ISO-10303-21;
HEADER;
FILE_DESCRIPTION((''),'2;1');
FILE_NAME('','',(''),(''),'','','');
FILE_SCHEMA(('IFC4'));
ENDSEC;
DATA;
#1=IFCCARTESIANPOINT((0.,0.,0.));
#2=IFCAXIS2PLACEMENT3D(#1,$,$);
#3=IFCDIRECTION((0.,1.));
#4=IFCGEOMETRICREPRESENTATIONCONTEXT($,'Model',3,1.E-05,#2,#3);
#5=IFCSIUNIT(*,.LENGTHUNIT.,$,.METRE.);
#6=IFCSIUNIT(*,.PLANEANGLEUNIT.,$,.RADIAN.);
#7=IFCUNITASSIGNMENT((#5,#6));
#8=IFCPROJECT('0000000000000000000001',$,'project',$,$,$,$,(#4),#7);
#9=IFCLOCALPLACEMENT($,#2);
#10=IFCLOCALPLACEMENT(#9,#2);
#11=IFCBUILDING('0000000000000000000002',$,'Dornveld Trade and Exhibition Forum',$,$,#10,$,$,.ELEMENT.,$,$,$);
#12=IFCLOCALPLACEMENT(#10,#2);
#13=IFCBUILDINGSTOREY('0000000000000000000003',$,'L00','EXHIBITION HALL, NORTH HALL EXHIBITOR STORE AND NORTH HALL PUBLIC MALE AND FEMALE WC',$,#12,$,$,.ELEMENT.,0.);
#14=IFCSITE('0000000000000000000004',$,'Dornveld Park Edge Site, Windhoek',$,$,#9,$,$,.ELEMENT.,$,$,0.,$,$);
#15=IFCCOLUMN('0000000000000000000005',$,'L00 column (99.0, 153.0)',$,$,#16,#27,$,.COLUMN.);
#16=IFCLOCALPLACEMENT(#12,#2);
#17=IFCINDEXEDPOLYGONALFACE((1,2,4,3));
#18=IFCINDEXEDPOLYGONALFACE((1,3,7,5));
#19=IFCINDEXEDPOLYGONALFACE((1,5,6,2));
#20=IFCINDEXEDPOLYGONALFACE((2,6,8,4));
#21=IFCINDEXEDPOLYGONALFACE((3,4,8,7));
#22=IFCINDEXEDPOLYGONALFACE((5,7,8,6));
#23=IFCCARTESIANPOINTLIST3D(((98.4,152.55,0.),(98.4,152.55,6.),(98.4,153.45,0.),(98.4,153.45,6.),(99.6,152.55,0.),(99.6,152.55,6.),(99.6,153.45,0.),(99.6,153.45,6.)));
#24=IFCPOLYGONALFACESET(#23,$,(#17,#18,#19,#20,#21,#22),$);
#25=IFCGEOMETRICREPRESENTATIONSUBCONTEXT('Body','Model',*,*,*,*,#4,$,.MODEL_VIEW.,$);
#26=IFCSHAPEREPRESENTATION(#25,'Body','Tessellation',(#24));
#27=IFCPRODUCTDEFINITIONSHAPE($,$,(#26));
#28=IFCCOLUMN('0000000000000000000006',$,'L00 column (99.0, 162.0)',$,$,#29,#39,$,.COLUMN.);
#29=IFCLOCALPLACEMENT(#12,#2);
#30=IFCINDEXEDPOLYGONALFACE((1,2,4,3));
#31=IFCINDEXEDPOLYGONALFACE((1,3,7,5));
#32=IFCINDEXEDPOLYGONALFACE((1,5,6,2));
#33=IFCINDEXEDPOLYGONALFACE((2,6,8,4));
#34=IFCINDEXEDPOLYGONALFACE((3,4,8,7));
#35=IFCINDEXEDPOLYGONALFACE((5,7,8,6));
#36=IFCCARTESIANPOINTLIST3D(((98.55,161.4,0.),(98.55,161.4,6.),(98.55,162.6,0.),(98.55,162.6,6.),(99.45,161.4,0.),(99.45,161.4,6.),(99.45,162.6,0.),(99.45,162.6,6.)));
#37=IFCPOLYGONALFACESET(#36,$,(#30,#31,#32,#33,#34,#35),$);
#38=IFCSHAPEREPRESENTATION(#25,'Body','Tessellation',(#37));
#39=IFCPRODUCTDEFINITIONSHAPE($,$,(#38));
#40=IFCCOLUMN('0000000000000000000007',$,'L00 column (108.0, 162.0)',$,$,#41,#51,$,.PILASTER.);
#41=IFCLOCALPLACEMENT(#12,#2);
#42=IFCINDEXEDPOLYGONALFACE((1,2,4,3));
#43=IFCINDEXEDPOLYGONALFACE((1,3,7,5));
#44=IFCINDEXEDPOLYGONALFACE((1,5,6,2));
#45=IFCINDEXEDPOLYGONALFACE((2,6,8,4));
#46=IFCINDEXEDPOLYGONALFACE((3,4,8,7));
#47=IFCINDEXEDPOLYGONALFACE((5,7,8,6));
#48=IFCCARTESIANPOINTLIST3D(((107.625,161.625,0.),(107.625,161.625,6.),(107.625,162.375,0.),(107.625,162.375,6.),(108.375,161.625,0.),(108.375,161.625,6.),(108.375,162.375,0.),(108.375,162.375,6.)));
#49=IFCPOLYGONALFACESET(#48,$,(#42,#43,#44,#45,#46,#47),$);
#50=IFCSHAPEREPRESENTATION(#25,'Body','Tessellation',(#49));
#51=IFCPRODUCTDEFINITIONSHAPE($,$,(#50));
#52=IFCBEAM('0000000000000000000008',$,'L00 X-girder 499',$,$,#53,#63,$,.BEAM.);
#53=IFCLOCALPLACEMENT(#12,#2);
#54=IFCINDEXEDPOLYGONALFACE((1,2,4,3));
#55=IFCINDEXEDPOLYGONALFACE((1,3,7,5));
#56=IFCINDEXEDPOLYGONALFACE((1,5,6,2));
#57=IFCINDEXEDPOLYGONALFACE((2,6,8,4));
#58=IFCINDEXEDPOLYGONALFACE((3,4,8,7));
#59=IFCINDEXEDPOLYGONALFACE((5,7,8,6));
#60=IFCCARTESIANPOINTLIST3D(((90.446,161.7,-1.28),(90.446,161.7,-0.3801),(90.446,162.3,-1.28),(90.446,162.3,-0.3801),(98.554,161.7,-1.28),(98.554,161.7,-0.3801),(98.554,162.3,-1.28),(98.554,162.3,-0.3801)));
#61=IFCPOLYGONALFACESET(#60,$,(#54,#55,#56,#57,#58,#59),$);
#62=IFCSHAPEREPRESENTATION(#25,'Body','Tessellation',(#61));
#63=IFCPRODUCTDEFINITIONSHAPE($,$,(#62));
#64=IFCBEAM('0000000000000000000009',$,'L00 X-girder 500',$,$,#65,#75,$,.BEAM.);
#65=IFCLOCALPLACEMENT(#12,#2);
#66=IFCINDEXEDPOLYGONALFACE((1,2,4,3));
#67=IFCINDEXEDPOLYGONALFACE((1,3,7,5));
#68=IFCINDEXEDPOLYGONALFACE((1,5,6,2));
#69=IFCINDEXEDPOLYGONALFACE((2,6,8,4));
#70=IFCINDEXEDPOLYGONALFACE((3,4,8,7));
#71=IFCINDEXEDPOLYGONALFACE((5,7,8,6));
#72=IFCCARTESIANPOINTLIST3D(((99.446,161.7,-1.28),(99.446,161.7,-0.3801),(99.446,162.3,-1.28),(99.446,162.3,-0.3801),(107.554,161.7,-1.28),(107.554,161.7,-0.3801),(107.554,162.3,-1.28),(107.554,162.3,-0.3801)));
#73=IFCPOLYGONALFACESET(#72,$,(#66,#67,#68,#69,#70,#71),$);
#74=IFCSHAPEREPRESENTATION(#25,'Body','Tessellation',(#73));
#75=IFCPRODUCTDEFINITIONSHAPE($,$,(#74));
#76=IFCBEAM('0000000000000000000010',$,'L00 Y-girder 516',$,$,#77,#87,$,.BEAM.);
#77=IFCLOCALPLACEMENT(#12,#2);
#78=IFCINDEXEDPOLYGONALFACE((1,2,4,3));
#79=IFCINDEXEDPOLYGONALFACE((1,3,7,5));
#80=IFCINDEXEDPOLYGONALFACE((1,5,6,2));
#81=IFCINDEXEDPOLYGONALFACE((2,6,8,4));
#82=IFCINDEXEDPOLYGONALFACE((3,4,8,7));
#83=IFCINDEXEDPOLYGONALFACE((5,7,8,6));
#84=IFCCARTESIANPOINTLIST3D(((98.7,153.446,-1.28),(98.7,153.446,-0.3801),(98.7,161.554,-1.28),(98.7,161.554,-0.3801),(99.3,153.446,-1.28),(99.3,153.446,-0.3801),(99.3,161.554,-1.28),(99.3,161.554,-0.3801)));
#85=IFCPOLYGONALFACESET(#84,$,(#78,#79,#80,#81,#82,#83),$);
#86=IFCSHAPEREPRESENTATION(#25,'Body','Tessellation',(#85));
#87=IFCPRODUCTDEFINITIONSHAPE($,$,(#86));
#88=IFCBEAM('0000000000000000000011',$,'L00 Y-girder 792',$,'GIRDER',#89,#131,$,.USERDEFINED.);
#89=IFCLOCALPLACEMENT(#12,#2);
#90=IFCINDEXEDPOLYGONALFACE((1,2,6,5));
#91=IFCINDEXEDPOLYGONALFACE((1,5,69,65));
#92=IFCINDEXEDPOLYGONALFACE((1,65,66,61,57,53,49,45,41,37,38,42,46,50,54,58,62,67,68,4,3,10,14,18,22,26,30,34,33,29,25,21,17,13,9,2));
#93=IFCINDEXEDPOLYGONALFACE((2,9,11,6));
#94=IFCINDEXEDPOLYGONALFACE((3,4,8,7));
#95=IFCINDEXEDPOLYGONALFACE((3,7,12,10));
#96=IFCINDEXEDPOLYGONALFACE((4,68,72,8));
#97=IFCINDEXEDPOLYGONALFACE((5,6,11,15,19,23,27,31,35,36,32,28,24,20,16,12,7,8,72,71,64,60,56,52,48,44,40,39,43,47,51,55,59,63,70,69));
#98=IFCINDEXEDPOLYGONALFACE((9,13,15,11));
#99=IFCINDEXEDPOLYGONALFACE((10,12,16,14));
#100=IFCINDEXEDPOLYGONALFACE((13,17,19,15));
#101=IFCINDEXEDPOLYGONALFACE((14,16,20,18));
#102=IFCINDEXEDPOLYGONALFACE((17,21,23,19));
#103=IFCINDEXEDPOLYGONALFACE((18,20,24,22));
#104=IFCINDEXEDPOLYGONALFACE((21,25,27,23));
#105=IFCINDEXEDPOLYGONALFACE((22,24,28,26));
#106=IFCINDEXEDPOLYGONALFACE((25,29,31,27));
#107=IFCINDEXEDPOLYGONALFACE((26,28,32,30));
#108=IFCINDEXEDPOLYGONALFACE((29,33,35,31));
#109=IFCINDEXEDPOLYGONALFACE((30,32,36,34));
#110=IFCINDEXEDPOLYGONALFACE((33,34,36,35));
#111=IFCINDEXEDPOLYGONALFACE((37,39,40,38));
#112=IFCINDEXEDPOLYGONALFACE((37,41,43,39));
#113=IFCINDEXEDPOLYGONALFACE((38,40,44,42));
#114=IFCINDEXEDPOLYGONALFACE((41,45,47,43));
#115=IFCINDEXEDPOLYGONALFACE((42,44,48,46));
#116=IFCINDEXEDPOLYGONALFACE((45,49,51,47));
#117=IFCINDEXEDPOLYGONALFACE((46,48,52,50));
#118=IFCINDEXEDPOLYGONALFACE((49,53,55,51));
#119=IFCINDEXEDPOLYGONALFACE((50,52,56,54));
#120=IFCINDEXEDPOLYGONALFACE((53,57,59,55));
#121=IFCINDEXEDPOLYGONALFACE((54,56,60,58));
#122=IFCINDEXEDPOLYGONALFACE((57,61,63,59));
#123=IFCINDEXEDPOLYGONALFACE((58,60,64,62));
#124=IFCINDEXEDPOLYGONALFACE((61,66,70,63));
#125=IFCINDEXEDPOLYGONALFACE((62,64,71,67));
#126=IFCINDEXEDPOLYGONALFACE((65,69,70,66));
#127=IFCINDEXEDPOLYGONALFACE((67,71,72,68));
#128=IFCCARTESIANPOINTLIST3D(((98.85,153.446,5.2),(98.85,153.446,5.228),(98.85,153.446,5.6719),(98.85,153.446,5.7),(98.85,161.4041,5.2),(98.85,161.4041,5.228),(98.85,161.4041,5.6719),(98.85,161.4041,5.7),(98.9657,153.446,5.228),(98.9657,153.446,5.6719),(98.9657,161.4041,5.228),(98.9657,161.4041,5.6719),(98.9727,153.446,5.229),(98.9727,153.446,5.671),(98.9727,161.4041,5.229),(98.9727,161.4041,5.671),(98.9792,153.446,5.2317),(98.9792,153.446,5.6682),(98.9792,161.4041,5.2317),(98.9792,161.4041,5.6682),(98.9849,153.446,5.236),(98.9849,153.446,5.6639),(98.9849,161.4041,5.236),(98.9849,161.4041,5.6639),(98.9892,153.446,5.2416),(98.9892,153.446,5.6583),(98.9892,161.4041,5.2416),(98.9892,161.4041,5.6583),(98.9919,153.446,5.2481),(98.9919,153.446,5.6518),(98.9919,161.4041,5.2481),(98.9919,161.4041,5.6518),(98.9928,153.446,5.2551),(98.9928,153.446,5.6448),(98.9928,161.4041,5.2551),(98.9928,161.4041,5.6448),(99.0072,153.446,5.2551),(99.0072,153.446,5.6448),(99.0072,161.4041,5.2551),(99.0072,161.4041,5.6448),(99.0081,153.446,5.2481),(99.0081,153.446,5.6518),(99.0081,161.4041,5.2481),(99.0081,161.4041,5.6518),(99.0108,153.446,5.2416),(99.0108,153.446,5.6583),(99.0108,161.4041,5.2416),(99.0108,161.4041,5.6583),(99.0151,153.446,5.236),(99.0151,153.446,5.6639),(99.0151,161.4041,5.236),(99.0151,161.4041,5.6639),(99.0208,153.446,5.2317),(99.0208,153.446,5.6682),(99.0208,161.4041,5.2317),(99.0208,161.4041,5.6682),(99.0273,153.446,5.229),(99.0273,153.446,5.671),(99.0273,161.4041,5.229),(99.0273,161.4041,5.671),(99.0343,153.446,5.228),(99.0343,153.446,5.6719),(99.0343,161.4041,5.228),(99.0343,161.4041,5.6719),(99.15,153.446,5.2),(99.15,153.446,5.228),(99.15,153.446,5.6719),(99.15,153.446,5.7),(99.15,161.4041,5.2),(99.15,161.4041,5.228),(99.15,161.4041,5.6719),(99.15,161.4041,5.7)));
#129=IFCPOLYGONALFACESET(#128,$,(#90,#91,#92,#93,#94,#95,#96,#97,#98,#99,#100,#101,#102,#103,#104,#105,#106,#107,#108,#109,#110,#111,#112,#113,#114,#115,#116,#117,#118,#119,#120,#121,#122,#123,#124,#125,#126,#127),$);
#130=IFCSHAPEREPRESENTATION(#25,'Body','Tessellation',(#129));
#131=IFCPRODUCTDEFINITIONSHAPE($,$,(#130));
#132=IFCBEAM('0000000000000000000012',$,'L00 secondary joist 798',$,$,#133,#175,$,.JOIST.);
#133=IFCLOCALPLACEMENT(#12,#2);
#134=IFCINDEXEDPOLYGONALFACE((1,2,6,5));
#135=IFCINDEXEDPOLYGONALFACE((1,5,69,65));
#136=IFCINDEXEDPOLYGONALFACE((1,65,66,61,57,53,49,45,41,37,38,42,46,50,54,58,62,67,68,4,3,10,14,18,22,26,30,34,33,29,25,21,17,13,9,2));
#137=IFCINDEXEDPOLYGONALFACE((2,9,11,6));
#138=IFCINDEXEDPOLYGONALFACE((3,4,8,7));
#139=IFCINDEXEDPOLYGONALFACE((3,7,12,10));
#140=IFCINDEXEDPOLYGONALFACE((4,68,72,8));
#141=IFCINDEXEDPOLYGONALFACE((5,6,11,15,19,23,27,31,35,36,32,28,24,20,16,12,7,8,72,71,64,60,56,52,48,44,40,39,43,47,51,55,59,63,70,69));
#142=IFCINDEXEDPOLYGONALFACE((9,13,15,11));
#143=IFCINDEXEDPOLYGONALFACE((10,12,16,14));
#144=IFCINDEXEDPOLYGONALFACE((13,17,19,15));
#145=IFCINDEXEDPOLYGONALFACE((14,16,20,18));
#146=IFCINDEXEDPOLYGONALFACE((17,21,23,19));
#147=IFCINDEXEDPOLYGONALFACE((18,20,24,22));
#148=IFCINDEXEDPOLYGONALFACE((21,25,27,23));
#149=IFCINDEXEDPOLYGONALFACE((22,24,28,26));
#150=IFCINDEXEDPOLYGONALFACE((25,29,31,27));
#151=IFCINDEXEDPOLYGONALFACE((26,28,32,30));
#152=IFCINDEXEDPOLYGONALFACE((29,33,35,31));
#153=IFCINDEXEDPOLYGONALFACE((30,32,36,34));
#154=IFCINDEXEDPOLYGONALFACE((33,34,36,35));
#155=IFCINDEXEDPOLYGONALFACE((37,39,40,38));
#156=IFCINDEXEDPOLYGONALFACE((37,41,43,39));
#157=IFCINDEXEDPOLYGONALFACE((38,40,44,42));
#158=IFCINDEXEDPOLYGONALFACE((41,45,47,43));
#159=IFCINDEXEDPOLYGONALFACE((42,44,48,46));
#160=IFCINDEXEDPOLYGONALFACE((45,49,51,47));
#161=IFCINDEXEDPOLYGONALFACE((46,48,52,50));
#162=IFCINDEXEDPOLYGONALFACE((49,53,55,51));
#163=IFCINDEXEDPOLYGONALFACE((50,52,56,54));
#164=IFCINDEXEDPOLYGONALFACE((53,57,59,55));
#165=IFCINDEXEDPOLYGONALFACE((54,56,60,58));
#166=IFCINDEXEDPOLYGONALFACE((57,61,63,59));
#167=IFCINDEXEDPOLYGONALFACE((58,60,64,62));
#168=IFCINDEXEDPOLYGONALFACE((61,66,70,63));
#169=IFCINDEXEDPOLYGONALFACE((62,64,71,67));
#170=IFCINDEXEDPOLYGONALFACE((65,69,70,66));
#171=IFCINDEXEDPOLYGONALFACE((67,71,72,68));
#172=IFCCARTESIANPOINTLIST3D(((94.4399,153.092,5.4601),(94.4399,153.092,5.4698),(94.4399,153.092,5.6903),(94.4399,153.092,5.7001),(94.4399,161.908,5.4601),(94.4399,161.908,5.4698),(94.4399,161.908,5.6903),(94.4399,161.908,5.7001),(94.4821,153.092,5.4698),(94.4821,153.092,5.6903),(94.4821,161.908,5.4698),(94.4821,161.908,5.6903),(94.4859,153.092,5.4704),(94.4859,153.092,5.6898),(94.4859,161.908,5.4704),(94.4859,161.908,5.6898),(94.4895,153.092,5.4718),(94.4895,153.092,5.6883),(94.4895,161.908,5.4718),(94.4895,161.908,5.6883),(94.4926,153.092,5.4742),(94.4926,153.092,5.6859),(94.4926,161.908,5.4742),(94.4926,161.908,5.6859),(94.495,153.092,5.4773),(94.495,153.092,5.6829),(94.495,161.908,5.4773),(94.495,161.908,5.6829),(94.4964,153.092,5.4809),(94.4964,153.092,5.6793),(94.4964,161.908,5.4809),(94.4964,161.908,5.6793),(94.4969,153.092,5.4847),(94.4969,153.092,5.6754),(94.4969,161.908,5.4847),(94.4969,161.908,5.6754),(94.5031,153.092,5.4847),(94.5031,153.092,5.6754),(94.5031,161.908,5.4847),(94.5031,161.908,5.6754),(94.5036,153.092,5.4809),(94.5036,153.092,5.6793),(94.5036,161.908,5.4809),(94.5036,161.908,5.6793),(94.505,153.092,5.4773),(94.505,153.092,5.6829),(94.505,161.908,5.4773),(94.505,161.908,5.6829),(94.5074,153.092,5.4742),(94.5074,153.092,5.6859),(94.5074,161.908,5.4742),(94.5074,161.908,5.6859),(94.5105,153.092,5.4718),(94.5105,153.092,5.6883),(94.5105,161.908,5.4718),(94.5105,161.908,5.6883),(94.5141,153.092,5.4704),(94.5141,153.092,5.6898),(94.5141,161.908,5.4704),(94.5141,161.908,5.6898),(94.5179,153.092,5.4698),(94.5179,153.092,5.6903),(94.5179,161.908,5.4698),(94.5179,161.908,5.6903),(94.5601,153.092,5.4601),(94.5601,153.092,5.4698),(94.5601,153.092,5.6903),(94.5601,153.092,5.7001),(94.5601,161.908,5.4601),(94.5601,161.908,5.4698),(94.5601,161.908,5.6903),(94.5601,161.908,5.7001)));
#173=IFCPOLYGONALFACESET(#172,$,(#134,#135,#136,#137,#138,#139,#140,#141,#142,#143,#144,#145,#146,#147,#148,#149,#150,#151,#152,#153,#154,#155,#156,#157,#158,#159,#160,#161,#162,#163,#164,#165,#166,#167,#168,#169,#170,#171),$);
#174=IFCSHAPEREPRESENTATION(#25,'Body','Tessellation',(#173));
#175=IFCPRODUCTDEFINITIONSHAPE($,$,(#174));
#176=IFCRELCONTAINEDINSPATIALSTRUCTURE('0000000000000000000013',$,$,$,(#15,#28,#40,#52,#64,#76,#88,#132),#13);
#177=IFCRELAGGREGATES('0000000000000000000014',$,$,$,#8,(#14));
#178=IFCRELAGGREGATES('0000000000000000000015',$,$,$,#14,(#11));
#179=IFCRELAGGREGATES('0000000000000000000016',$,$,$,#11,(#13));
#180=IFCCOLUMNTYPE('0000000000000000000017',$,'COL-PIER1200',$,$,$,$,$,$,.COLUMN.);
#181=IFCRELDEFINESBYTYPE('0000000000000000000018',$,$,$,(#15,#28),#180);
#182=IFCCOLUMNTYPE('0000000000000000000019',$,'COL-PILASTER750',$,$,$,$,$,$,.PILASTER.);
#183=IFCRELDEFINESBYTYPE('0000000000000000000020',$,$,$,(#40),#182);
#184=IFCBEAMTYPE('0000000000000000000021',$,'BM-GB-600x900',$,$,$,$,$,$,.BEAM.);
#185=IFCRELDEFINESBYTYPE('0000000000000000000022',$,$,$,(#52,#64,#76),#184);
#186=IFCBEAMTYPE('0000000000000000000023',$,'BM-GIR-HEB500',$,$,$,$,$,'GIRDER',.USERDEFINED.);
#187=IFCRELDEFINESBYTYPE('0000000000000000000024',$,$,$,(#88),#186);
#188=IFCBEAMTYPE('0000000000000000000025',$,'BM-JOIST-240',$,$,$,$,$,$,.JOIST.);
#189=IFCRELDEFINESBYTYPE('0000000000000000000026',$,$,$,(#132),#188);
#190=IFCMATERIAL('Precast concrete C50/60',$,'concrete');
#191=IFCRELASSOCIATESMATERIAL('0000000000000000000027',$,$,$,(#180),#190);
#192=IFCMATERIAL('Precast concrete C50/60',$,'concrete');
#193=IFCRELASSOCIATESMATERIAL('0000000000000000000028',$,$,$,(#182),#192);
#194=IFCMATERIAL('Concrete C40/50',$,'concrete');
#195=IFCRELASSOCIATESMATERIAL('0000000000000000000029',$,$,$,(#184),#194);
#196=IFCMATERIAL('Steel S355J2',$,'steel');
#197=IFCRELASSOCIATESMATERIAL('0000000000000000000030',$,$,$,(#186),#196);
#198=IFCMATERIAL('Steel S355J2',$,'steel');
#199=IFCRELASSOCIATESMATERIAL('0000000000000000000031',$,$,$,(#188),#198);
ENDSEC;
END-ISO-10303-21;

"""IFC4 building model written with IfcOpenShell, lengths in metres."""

from ifc_helpers import new_model, si_unit, direction, frame, origin, origin_2d, place, context, subcontext, project, spatial, rectangle, i_section, extrude, material, material_profile, profile_set, type_object, element, save


model = new_model("IFC4")

# Units and contexts
model_context = context("Model", 3, precision=1e-05, world=origin(), true_north=direction((0.0, 1.0)))
body_context = subcontext(model_context, "Body", "Model", "MODEL_VIEW")
ifc_project = project(units=[si_unit("LENGTHUNIT", "METRE"), si_unit("PLANEANGLEUNIT", "RADIAN")], contexts=[model_context])

# Site, building, storey
site_placement = place(None, origin())
site = spatial("IfcSite", under=ifc_project, at=site_placement, Name="Dornveld Park Edge Site, Windhoek", CompositionType="ELEMENT", RefElevation=0.0)
building_placement = place(site_placement, origin())
building = spatial("IfcBuilding", under=site, at=building_placement, Name="Dornveld Trade and Exhibition Forum", CompositionType="ELEMENT")
storey_placement = place(building_placement, origin())
storey = spatial("IfcBuildingStorey", under=building, at=storey_placement, Name="L00", Description="EXHIBITION HALL, NORTH HALL EXHIBITOR STORE AND NORTH HALL PUBLIC MALE AND FEMALE WC", CompositionType="ELEMENT", Elevation=0.0)

# Columns
ifc_material_1 = material(Name="Precast concrete C50/60", Category="concrete")
ifc_material_profile_1 = material_profile(ifc_material_1, rectangle(XDim=1.2, YDim=0.8999, at=origin_2d()), Name="PC-PIER 1200x900")
ifc_profile_set_1 = profile_set([ifc_material_profile_1], Name="Precast concrete C50/60")
column_type_1 = type_object("IfcColumnType", Name="COL-PIER1200", PredefinedType="COLUMN", material=ifc_profile_set_1)
for number, where, z_axis, x_axis, name in (
    (1, (99.0, 153.0, 0.0), (0.0, 0.0, 1.0), (1.0, 0.0, 0.0), "L00 column (99.0, 153.0)"),
    (2, (99.0, 162.0, 0.0), (0.0, 0.0, 1.0), (0.0, 1.0, 0.0), "L00 column (99.0, 162.0)"),
):
    element("IfcColumn", number, at=place(storey_placement, frame(where, z_axis=z_axis, x_axis=x_axis)), inside=storey, type_object=column_type_1, Name=name, PredefinedType="COLUMN", context=body_context, shape_type="SweptSolid", body=[
        extrude(rectangle(XDim=1.2, YDim=0.8999, at=origin_2d()), origin(), (0.0, 0.0, 1.0), 6.0),
    ])
ifc_material_2 = material(Name="Precast concrete C50/60", Category="concrete")
ifc_material_profile_2 = material_profile(ifc_material_2, rectangle(XDim=0.75, YDim=0.75, at=origin_2d()), Name="PC-COL 750x750")
ifc_profile_set_2 = profile_set([ifc_material_profile_2], Name="Precast concrete C50/60")
column_type_2 = type_object("IfcColumnType", Name="COL-PILASTER750", PredefinedType="PILASTER", material=ifc_profile_set_2)
column_placement = place(storey_placement, frame((108.0, 162.0, 0.0), z_axis=(0.0, 0.0, 1.0), x_axis=(1.0, 0.0, 0.0)))
element("IfcColumn", 3, at=column_placement, inside=storey, type_object=column_type_2, Name="L00 column (108.0, 162.0)", PredefinedType="PILASTER", context=body_context, shape_type="SweptSolid", body=[
    extrude(rectangle(XDim=0.75, YDim=0.75, at=origin_2d()), origin(), (0.0, 0.0, 1.0), 6.0),
])

# Beams
ifc_material_3 = material(Name="Concrete C40/50", Category="concrete")
ifc_material_profile_3 = material_profile(ifc_material_3, rectangle(XDim=0.6001, YDim=0.8999, at=origin_2d()), Name="RC-GB 600x900")
ifc_profile_set_3 = profile_set([ifc_material_profile_3], Name="Concrete C40/50")
beam_type_1 = type_object("IfcBeamType", Name="BM-GB-600x900", PredefinedType="BEAM", material=ifc_profile_set_3)
for number, where, z_axis, x_axis, name in (
    (4, (90.446, 162.0, -0.8301), (1.0, 0.0, 0.0), (0.0, 1.0, 0.0), "L00 X-girder 499"),
    (5, (99.446, 162.0, -0.8301), (1.0, 0.0, 0.0), (0.0, 1.0, 0.0), "L00 X-girder 500"),
    (6, (99.0, 153.446, -0.8301), (0.0, 1.0, 0.0), (-1.0, 0.0, 0.0), "L00 Y-girder 516"),
):
    element("IfcBeam", number, at=place(storey_placement, frame(where, z_axis=z_axis, x_axis=x_axis)), inside=storey, type_object=beam_type_1, Name=name, PredefinedType="BEAM", context=body_context, shape_type="SweptSolid", body=[
        extrude(rectangle(XDim=0.6001, YDim=0.8999, at=origin_2d()), origin(), (0.0, 0.0, 1.0), 8.1079),
    ])
ifc_material_4 = material(Name="Steel S355J2", Category="steel")
ifc_material_profile_4 = material_profile(ifc_material_4, i_section(OverallWidth=0.3, OverallDepth=0.5, WebThickness=0.0144, FlangeThickness=0.0281, FilletRadius=0.0271, at=origin_2d()), Name="HEB 500")
ifc_profile_set_4 = profile_set([ifc_material_profile_4], Name="Steel S355J2")
beam_type_2 = type_object("IfcBeamType", Name="BM-GIR-HEB500", ElementType="GIRDER", PredefinedType="USERDEFINED", material=ifc_profile_set_4)
beam_1_placement = place(storey_placement, frame((99.0, 153.446, 5.45), z_axis=(0.0, 1.0, 0.0), x_axis=(-1.0, 0.0, 0.0)))
element("IfcBeam", 7, at=beam_1_placement, inside=storey, type_object=beam_type_2, Name="L00 Y-girder 792", ObjectType="GIRDER", PredefinedType="USERDEFINED", context=body_context, shape_type="SweptSolid", body=[
    extrude(i_section(OverallWidth=0.3, OverallDepth=0.5, WebThickness=0.0144, FlangeThickness=0.0281, FilletRadius=0.0271, at=origin_2d()), origin(), (0.0, 0.0, 1.0), 7.958),
])
ifc_material_5 = material(Name="Steel S355J2", Category="steel")
ifc_material_profile_5 = material_profile(ifc_material_5, i_section(OverallWidth=0.1201, OverallDepth=0.24, WebThickness=0.0061, FlangeThickness=0.0098, FilletRadius=0.0149, at=origin_2d()), Name="IPE 240")
ifc_profile_set_5 = profile_set([ifc_material_profile_5], Name="Steel S355J2")
beam_type_3 = type_object("IfcBeamType", Name="BM-JOIST-240", PredefinedType="JOIST", material=ifc_profile_set_5)
beam_2_placement = place(storey_placement, frame((94.5, 153.092, 5.5801), z_axis=(0.0, 1.0, 0.0), x_axis=(-1.0, 0.0, 0.0)))
element("IfcBeam", 8, at=beam_2_placement, inside=storey, type_object=beam_type_3, Name="L00 secondary joist 798", PredefinedType="JOIST", context=body_context, shape_type="SweptSolid", body=[
    extrude(i_section(OverallWidth=0.1201, OverallDepth=0.24, WebThickness=0.0061, FlangeThickness=0.0098, FilletRadius=0.0149, at=origin_2d()), origin(), (0.0, 0.0, 1.0), 8.8159),
])

save(model, "model.ifc")
